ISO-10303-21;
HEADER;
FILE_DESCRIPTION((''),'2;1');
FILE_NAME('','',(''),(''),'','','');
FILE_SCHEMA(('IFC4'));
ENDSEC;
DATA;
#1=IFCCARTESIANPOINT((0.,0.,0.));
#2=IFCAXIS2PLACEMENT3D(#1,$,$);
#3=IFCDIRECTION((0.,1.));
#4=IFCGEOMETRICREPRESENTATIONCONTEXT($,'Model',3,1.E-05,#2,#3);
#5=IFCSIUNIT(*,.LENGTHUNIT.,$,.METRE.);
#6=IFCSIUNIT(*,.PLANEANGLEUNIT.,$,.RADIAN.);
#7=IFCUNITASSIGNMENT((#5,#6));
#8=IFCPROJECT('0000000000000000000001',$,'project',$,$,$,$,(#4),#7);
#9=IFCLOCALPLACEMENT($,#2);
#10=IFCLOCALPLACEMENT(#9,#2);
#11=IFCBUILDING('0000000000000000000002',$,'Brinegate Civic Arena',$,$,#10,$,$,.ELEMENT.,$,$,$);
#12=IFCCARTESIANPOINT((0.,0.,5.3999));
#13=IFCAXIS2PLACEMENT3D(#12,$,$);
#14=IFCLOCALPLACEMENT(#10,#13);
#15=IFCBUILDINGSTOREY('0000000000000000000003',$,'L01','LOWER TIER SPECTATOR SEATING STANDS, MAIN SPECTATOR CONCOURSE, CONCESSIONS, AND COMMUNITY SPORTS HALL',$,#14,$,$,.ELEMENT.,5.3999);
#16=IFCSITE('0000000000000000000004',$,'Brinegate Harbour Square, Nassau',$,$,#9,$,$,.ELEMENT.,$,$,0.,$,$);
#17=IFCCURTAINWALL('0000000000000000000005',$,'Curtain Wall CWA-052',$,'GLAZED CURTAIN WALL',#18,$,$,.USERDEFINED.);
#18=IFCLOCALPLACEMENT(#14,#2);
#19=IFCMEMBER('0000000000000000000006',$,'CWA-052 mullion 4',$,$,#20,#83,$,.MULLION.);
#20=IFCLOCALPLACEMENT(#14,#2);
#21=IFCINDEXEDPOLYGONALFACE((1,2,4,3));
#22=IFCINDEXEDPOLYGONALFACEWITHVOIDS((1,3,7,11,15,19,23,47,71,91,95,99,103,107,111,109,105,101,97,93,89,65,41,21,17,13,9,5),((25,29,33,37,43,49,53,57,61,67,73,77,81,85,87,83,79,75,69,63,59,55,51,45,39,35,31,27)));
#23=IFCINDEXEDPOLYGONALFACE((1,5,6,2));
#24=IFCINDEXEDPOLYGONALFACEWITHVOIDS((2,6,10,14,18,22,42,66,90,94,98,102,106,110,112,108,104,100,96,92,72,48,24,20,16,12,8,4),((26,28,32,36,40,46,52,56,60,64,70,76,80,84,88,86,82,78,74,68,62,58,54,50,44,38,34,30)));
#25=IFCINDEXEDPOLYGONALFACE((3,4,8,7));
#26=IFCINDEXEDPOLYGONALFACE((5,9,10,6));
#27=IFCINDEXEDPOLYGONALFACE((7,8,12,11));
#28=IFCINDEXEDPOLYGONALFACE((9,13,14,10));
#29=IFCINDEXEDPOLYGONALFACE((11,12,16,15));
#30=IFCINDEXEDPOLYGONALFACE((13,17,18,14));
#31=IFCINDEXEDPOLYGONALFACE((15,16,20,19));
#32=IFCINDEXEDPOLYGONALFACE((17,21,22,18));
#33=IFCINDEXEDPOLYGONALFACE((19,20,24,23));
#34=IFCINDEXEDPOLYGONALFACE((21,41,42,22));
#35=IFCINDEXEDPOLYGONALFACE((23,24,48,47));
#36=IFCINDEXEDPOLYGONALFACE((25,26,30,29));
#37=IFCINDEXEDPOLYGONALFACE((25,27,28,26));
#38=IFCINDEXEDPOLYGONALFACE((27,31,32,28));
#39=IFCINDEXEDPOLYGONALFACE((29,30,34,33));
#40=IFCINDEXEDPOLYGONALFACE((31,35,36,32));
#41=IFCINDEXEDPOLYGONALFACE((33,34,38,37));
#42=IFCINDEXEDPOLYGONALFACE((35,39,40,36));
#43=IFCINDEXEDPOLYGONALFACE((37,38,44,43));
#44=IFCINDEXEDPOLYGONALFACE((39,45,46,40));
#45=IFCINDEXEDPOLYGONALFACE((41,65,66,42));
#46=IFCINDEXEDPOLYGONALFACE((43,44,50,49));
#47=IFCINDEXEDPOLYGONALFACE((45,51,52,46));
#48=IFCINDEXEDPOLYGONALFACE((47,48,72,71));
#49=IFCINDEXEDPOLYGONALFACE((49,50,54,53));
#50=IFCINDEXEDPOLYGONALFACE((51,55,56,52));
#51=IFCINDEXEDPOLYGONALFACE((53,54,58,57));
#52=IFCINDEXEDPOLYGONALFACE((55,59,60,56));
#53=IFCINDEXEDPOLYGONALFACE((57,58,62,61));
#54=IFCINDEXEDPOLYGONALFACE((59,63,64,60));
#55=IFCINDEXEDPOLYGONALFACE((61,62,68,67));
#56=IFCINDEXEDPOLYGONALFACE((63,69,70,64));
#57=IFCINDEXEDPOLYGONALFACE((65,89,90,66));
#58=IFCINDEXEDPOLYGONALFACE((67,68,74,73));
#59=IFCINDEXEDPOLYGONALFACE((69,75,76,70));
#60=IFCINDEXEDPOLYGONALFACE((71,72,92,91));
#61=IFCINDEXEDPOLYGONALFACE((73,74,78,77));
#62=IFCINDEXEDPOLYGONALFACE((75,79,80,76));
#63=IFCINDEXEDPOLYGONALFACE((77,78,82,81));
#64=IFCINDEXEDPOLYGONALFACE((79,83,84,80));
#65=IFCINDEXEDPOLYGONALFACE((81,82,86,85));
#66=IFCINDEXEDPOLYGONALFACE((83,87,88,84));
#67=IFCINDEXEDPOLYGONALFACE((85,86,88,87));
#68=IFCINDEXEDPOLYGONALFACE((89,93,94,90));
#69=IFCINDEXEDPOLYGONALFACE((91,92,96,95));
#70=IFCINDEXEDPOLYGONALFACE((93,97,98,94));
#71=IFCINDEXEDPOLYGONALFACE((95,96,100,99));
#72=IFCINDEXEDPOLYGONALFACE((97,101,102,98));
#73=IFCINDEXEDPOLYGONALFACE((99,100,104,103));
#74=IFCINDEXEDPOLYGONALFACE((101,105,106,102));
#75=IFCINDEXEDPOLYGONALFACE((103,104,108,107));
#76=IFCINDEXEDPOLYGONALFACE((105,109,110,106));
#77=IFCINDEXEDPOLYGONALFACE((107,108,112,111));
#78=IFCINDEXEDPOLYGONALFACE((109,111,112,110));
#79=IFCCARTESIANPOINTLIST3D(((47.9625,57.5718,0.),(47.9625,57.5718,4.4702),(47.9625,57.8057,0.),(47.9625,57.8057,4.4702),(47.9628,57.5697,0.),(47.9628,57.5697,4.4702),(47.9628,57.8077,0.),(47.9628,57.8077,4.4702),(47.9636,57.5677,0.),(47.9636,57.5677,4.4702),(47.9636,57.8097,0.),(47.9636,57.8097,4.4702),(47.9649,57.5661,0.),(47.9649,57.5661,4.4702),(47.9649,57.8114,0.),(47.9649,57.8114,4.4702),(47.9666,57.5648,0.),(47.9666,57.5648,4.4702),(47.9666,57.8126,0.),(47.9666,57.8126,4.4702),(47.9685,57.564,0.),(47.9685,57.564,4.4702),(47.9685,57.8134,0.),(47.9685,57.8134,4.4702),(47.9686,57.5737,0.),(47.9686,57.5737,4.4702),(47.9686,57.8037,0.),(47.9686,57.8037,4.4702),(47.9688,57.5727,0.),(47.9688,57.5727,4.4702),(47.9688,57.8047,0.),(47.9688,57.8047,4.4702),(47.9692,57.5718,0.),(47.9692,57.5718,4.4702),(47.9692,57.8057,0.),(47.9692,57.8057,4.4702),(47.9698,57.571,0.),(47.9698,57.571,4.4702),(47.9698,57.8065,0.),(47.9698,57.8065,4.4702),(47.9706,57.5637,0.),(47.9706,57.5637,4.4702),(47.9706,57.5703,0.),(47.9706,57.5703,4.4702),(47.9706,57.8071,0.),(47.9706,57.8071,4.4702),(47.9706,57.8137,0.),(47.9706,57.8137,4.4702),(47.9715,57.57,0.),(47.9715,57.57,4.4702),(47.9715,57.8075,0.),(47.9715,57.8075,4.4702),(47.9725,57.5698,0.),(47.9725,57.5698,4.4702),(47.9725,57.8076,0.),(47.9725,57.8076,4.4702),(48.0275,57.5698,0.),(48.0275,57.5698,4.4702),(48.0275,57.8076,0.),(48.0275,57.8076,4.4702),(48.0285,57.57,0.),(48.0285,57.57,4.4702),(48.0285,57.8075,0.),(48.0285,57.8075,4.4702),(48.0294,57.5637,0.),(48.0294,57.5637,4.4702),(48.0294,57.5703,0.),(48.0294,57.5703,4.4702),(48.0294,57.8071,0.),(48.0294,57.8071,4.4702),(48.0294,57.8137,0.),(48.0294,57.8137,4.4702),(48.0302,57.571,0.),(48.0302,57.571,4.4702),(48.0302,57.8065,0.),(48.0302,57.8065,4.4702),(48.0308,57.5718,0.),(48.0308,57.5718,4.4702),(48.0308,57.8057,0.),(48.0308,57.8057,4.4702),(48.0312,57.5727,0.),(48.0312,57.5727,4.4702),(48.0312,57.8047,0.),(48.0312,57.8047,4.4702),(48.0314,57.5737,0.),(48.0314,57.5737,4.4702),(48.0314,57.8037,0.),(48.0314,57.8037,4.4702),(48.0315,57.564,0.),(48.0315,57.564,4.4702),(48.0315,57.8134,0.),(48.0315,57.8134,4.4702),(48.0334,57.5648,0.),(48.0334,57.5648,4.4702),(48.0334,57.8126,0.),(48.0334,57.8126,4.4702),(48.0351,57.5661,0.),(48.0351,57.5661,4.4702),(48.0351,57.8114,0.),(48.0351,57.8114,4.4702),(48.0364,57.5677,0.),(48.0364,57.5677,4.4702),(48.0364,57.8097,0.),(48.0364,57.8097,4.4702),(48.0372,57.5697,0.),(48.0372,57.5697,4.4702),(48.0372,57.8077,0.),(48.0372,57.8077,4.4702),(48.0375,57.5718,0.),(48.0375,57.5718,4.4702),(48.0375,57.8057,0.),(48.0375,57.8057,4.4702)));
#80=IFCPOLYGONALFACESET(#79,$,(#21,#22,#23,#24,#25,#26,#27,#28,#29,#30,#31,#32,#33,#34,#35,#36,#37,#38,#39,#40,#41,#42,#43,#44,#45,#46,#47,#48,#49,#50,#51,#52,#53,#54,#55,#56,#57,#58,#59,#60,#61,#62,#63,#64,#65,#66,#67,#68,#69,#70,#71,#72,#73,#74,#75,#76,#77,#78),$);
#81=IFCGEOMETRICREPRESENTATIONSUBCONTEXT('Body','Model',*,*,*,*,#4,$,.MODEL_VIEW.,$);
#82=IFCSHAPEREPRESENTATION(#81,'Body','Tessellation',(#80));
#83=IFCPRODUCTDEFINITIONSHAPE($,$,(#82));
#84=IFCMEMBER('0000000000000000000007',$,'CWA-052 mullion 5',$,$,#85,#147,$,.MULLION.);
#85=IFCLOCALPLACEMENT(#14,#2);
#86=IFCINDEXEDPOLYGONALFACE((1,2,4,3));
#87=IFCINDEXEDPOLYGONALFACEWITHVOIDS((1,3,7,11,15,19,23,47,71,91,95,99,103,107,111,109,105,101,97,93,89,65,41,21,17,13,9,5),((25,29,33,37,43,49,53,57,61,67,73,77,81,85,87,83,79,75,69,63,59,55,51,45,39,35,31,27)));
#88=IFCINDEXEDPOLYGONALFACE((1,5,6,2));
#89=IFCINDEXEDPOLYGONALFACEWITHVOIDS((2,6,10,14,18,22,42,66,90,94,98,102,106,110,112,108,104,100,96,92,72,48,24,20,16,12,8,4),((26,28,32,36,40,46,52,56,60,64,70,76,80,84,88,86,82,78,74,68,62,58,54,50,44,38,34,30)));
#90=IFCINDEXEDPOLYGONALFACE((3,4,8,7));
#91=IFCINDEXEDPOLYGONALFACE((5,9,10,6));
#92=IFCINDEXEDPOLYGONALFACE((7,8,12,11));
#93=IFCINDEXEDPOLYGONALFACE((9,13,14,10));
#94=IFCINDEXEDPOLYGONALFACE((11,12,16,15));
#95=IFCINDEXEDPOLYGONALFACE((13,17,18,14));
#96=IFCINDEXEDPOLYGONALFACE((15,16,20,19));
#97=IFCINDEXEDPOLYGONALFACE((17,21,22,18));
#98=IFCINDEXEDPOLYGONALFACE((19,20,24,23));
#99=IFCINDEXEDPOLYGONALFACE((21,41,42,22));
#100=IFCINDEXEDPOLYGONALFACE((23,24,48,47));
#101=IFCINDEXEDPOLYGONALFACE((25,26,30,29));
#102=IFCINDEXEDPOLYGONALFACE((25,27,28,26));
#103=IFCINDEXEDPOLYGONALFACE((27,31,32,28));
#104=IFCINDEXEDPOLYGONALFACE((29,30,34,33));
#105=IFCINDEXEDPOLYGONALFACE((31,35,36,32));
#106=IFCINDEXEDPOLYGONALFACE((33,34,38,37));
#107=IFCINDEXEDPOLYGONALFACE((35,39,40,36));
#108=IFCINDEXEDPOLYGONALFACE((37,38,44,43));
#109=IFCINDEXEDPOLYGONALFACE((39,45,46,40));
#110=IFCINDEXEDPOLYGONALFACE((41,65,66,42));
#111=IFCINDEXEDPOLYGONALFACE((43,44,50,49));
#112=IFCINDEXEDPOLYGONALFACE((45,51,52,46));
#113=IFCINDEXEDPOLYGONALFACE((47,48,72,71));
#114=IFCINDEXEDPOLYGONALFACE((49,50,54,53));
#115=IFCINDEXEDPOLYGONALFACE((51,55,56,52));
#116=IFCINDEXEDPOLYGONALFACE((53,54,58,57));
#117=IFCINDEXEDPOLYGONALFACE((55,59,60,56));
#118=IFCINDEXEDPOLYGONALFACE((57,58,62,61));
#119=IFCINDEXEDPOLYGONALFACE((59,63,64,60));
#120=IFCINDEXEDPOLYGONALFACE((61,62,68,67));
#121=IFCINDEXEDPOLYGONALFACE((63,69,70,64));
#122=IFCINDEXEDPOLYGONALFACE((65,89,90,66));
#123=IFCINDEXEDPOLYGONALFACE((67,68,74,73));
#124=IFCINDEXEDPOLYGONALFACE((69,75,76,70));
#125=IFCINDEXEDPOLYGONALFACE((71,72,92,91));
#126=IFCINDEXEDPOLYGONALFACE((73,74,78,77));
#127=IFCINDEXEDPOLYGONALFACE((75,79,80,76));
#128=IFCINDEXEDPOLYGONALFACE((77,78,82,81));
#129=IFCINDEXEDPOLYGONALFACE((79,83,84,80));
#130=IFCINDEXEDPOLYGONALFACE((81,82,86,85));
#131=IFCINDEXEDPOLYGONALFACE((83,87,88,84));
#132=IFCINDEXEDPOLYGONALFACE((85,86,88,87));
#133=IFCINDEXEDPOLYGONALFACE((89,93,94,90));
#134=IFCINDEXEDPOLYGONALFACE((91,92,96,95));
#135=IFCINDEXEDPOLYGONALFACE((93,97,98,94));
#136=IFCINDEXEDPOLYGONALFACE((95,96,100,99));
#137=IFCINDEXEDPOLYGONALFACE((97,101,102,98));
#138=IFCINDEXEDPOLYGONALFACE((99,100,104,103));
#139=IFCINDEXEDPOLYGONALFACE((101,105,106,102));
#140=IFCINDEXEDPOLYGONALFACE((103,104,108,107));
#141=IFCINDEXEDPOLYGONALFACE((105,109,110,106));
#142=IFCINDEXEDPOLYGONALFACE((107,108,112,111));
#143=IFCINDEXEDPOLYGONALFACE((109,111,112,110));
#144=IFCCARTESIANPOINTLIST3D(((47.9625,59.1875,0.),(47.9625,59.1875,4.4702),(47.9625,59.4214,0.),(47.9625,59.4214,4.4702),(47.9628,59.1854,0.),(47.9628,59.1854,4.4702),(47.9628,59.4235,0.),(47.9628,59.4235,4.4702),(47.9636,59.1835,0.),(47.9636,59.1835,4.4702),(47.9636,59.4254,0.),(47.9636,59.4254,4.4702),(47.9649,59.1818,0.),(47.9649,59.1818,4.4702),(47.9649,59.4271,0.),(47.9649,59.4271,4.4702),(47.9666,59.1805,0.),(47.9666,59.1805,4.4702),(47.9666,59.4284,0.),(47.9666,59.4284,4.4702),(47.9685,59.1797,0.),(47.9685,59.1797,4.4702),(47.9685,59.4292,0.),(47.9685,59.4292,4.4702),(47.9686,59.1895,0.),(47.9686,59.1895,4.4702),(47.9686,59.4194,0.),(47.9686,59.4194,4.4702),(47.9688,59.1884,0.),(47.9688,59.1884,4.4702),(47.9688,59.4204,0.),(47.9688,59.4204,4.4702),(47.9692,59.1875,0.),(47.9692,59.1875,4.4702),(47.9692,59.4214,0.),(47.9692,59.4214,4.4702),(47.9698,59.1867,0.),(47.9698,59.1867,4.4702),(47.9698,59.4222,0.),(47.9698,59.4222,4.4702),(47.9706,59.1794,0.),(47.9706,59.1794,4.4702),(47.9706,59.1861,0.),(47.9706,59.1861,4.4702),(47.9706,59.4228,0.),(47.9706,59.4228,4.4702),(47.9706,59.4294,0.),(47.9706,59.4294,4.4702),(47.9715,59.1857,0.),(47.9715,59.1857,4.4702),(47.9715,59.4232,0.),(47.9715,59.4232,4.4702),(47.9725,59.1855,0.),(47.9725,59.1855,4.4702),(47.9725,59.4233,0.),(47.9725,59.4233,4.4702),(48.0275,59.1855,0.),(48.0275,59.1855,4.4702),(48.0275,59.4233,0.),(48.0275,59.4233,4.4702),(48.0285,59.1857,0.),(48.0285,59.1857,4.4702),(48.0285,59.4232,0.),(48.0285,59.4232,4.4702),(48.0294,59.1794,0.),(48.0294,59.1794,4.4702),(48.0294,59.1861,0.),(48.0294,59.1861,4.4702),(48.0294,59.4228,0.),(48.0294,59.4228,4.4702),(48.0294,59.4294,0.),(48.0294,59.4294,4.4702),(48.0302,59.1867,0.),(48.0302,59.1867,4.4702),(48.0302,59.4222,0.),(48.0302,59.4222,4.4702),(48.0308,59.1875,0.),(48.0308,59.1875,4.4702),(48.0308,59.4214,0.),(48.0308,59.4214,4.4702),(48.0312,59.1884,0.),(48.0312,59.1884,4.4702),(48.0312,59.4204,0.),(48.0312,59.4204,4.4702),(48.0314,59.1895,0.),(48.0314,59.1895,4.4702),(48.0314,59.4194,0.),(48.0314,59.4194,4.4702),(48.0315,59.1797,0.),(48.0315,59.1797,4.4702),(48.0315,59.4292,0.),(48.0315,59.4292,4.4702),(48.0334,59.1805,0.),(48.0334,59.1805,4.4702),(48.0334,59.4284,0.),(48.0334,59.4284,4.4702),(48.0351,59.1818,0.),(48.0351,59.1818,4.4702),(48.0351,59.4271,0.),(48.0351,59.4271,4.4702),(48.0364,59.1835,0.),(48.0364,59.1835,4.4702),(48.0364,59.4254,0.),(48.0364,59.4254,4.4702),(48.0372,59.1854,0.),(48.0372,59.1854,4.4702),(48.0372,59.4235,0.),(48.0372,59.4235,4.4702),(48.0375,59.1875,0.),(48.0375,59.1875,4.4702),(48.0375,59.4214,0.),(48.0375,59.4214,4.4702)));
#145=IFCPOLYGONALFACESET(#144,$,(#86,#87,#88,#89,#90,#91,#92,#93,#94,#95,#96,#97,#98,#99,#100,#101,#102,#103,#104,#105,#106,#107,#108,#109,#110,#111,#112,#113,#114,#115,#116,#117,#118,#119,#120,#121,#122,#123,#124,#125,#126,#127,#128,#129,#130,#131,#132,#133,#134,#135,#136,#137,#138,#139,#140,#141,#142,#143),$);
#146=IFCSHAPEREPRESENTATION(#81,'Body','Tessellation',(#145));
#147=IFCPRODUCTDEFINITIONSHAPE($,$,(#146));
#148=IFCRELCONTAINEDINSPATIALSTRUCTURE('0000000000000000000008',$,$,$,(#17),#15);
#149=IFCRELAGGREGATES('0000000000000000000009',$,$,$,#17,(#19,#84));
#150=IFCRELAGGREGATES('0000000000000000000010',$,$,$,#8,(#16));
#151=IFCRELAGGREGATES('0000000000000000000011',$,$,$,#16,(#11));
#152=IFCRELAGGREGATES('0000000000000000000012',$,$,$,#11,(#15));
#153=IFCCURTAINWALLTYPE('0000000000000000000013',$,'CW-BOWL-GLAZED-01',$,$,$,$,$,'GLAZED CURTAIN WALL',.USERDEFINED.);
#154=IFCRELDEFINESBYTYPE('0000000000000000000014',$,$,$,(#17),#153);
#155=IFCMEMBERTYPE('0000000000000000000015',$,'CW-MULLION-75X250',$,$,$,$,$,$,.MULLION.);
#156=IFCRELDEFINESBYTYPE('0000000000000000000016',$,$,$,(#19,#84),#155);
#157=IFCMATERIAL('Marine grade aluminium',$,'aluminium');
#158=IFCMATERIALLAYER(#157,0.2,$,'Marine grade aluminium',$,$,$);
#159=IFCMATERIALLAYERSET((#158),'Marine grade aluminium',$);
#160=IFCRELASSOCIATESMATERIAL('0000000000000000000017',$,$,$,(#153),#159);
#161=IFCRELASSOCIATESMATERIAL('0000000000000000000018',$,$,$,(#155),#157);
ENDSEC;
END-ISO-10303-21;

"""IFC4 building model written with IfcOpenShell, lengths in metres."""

from ifc_helpers import new_model, si_unit, direction, frame, origin, origin_2d, place, context, subcontext, project, spatial, hollow_rectangle, extrude, material, layer, layer_set, material_profile, profile_set, type_object, element, aggregate, save


model = new_model("IFC4")

# Units and contexts
model_context = context("Model", 3, precision=1e-05, world=origin(), true_north=direction((0.0, 1.0)))
body_context = subcontext(model_context, "Body", "Model", "MODEL_VIEW")
ifc_project = project(units=[si_unit("LENGTHUNIT", "METRE"), si_unit("PLANEANGLEUNIT", "RADIAN")], contexts=[model_context])

# Site, building, storey
site_placement = place(None, origin())
site = spatial("IfcSite", under=ifc_project, at=site_placement, Name="Brinegate Harbour Square, Nassau", CompositionType="ELEMENT", RefElevation=0.0)
building_placement = place(site_placement, origin())
building = spatial("IfcBuilding", under=site, at=building_placement, Name="Brinegate Civic Arena", CompositionType="ELEMENT")
storey_placement = place(building_placement, frame((0.0, 0.0, 5.3999)))
storey = spatial("IfcBuildingStorey", under=building, at=storey_placement, Name="L01", Description="LOWER TIER SPECTATOR SEATING STANDS, MAIN SPECTATOR CONCOURSE, CONCESSIONS, AND COMMUNITY SPORTS HALL", CompositionType="ELEMENT", Elevation=5.3999)

# Curtain wall, members
ifc_material_1 = material(Name="Marine grade aluminium", Category="aluminium")
ifc_layer_1 = layer(ifc_material_1, 0.2, Name="Marine grade aluminium")
ifc_layer_set_1 = layer_set([ifc_layer_1], Name="Marine grade aluminium")
curtain_wall_type = type_object("IfcCurtainWallType", Name="CW-BOWL-GLAZED-01", ElementType="GLAZED CURTAIN WALL", PredefinedType="USERDEFINED", material=ifc_layer_set_1)
curtain_wall_placement = place(storey_placement, origin())
curtain_wall = element("IfcCurtainWall", 1, at=curtain_wall_placement, inside=storey, type_object=curtain_wall_type, Name="Curtain Wall CWA-052", ObjectType="GLAZED CURTAIN WALL", PredefinedType="USERDEFINED")
ifc_material_profile_1 = material_profile(ifc_material_1, hollow_rectangle(XDim=0.075, YDim=0.25, WallThickness=0.0061, InnerFilletRadius=0.0039, OuterFilletRadius=0.0081, at=origin_2d()), Name="MUL75X250")
ifc_profile_set_1 = profile_set([ifc_material_profile_1], Name="Marine grade aluminium")
member_type_1 = type_object("IfcMemberType", Name="CW-MULLION-75X250", PredefinedType="MULLION", material=ifc_profile_set_1)
member_1_placement = place(storey_placement, frame((48.0, 57.6887, 0.0), z_axis=(0.0, 0.0, 1.0), x_axis=(-1.0, 0.0, 0.0)))
member_1 = element("IfcMember", 2, at=member_1_placement, type_object=member_type_1, Name="CWA-052 mullion 4", PredefinedType="MULLION", context=body_context, shape_type="SweptSolid", body=[
    extrude(hollow_rectangle(XDim=0.075, YDim=0.25, WallThickness=0.0061, InnerFilletRadius=0.0039, OuterFilletRadius=0.0081, at=origin_2d()), origin(), (0.0, 0.0, 1.0), 4.4702),
])
member_2_placement = place(storey_placement, frame((48.0, 59.3044, 0.0), z_axis=(0.0, 0.0, 1.0), x_axis=(-1.0, 0.0, 0.0)))
member_2 = element("IfcMember", 3, at=member_2_placement, type_object=member_type_1, Name="CWA-052 mullion 5", PredefinedType="MULLION", context=body_context, shape_type="SweptSolid", body=[
    extrude(hollow_rectangle(XDim=0.075, YDim=0.25, WallThickness=0.0061, InnerFilletRadius=0.0039, OuterFilletRadius=0.0081, at=origin_2d()), origin(), (0.0, 0.0, 1.0), 4.4702),
])
aggregate(curtain_wall, [member_1, member_2])

save(model, "model.ifc")
